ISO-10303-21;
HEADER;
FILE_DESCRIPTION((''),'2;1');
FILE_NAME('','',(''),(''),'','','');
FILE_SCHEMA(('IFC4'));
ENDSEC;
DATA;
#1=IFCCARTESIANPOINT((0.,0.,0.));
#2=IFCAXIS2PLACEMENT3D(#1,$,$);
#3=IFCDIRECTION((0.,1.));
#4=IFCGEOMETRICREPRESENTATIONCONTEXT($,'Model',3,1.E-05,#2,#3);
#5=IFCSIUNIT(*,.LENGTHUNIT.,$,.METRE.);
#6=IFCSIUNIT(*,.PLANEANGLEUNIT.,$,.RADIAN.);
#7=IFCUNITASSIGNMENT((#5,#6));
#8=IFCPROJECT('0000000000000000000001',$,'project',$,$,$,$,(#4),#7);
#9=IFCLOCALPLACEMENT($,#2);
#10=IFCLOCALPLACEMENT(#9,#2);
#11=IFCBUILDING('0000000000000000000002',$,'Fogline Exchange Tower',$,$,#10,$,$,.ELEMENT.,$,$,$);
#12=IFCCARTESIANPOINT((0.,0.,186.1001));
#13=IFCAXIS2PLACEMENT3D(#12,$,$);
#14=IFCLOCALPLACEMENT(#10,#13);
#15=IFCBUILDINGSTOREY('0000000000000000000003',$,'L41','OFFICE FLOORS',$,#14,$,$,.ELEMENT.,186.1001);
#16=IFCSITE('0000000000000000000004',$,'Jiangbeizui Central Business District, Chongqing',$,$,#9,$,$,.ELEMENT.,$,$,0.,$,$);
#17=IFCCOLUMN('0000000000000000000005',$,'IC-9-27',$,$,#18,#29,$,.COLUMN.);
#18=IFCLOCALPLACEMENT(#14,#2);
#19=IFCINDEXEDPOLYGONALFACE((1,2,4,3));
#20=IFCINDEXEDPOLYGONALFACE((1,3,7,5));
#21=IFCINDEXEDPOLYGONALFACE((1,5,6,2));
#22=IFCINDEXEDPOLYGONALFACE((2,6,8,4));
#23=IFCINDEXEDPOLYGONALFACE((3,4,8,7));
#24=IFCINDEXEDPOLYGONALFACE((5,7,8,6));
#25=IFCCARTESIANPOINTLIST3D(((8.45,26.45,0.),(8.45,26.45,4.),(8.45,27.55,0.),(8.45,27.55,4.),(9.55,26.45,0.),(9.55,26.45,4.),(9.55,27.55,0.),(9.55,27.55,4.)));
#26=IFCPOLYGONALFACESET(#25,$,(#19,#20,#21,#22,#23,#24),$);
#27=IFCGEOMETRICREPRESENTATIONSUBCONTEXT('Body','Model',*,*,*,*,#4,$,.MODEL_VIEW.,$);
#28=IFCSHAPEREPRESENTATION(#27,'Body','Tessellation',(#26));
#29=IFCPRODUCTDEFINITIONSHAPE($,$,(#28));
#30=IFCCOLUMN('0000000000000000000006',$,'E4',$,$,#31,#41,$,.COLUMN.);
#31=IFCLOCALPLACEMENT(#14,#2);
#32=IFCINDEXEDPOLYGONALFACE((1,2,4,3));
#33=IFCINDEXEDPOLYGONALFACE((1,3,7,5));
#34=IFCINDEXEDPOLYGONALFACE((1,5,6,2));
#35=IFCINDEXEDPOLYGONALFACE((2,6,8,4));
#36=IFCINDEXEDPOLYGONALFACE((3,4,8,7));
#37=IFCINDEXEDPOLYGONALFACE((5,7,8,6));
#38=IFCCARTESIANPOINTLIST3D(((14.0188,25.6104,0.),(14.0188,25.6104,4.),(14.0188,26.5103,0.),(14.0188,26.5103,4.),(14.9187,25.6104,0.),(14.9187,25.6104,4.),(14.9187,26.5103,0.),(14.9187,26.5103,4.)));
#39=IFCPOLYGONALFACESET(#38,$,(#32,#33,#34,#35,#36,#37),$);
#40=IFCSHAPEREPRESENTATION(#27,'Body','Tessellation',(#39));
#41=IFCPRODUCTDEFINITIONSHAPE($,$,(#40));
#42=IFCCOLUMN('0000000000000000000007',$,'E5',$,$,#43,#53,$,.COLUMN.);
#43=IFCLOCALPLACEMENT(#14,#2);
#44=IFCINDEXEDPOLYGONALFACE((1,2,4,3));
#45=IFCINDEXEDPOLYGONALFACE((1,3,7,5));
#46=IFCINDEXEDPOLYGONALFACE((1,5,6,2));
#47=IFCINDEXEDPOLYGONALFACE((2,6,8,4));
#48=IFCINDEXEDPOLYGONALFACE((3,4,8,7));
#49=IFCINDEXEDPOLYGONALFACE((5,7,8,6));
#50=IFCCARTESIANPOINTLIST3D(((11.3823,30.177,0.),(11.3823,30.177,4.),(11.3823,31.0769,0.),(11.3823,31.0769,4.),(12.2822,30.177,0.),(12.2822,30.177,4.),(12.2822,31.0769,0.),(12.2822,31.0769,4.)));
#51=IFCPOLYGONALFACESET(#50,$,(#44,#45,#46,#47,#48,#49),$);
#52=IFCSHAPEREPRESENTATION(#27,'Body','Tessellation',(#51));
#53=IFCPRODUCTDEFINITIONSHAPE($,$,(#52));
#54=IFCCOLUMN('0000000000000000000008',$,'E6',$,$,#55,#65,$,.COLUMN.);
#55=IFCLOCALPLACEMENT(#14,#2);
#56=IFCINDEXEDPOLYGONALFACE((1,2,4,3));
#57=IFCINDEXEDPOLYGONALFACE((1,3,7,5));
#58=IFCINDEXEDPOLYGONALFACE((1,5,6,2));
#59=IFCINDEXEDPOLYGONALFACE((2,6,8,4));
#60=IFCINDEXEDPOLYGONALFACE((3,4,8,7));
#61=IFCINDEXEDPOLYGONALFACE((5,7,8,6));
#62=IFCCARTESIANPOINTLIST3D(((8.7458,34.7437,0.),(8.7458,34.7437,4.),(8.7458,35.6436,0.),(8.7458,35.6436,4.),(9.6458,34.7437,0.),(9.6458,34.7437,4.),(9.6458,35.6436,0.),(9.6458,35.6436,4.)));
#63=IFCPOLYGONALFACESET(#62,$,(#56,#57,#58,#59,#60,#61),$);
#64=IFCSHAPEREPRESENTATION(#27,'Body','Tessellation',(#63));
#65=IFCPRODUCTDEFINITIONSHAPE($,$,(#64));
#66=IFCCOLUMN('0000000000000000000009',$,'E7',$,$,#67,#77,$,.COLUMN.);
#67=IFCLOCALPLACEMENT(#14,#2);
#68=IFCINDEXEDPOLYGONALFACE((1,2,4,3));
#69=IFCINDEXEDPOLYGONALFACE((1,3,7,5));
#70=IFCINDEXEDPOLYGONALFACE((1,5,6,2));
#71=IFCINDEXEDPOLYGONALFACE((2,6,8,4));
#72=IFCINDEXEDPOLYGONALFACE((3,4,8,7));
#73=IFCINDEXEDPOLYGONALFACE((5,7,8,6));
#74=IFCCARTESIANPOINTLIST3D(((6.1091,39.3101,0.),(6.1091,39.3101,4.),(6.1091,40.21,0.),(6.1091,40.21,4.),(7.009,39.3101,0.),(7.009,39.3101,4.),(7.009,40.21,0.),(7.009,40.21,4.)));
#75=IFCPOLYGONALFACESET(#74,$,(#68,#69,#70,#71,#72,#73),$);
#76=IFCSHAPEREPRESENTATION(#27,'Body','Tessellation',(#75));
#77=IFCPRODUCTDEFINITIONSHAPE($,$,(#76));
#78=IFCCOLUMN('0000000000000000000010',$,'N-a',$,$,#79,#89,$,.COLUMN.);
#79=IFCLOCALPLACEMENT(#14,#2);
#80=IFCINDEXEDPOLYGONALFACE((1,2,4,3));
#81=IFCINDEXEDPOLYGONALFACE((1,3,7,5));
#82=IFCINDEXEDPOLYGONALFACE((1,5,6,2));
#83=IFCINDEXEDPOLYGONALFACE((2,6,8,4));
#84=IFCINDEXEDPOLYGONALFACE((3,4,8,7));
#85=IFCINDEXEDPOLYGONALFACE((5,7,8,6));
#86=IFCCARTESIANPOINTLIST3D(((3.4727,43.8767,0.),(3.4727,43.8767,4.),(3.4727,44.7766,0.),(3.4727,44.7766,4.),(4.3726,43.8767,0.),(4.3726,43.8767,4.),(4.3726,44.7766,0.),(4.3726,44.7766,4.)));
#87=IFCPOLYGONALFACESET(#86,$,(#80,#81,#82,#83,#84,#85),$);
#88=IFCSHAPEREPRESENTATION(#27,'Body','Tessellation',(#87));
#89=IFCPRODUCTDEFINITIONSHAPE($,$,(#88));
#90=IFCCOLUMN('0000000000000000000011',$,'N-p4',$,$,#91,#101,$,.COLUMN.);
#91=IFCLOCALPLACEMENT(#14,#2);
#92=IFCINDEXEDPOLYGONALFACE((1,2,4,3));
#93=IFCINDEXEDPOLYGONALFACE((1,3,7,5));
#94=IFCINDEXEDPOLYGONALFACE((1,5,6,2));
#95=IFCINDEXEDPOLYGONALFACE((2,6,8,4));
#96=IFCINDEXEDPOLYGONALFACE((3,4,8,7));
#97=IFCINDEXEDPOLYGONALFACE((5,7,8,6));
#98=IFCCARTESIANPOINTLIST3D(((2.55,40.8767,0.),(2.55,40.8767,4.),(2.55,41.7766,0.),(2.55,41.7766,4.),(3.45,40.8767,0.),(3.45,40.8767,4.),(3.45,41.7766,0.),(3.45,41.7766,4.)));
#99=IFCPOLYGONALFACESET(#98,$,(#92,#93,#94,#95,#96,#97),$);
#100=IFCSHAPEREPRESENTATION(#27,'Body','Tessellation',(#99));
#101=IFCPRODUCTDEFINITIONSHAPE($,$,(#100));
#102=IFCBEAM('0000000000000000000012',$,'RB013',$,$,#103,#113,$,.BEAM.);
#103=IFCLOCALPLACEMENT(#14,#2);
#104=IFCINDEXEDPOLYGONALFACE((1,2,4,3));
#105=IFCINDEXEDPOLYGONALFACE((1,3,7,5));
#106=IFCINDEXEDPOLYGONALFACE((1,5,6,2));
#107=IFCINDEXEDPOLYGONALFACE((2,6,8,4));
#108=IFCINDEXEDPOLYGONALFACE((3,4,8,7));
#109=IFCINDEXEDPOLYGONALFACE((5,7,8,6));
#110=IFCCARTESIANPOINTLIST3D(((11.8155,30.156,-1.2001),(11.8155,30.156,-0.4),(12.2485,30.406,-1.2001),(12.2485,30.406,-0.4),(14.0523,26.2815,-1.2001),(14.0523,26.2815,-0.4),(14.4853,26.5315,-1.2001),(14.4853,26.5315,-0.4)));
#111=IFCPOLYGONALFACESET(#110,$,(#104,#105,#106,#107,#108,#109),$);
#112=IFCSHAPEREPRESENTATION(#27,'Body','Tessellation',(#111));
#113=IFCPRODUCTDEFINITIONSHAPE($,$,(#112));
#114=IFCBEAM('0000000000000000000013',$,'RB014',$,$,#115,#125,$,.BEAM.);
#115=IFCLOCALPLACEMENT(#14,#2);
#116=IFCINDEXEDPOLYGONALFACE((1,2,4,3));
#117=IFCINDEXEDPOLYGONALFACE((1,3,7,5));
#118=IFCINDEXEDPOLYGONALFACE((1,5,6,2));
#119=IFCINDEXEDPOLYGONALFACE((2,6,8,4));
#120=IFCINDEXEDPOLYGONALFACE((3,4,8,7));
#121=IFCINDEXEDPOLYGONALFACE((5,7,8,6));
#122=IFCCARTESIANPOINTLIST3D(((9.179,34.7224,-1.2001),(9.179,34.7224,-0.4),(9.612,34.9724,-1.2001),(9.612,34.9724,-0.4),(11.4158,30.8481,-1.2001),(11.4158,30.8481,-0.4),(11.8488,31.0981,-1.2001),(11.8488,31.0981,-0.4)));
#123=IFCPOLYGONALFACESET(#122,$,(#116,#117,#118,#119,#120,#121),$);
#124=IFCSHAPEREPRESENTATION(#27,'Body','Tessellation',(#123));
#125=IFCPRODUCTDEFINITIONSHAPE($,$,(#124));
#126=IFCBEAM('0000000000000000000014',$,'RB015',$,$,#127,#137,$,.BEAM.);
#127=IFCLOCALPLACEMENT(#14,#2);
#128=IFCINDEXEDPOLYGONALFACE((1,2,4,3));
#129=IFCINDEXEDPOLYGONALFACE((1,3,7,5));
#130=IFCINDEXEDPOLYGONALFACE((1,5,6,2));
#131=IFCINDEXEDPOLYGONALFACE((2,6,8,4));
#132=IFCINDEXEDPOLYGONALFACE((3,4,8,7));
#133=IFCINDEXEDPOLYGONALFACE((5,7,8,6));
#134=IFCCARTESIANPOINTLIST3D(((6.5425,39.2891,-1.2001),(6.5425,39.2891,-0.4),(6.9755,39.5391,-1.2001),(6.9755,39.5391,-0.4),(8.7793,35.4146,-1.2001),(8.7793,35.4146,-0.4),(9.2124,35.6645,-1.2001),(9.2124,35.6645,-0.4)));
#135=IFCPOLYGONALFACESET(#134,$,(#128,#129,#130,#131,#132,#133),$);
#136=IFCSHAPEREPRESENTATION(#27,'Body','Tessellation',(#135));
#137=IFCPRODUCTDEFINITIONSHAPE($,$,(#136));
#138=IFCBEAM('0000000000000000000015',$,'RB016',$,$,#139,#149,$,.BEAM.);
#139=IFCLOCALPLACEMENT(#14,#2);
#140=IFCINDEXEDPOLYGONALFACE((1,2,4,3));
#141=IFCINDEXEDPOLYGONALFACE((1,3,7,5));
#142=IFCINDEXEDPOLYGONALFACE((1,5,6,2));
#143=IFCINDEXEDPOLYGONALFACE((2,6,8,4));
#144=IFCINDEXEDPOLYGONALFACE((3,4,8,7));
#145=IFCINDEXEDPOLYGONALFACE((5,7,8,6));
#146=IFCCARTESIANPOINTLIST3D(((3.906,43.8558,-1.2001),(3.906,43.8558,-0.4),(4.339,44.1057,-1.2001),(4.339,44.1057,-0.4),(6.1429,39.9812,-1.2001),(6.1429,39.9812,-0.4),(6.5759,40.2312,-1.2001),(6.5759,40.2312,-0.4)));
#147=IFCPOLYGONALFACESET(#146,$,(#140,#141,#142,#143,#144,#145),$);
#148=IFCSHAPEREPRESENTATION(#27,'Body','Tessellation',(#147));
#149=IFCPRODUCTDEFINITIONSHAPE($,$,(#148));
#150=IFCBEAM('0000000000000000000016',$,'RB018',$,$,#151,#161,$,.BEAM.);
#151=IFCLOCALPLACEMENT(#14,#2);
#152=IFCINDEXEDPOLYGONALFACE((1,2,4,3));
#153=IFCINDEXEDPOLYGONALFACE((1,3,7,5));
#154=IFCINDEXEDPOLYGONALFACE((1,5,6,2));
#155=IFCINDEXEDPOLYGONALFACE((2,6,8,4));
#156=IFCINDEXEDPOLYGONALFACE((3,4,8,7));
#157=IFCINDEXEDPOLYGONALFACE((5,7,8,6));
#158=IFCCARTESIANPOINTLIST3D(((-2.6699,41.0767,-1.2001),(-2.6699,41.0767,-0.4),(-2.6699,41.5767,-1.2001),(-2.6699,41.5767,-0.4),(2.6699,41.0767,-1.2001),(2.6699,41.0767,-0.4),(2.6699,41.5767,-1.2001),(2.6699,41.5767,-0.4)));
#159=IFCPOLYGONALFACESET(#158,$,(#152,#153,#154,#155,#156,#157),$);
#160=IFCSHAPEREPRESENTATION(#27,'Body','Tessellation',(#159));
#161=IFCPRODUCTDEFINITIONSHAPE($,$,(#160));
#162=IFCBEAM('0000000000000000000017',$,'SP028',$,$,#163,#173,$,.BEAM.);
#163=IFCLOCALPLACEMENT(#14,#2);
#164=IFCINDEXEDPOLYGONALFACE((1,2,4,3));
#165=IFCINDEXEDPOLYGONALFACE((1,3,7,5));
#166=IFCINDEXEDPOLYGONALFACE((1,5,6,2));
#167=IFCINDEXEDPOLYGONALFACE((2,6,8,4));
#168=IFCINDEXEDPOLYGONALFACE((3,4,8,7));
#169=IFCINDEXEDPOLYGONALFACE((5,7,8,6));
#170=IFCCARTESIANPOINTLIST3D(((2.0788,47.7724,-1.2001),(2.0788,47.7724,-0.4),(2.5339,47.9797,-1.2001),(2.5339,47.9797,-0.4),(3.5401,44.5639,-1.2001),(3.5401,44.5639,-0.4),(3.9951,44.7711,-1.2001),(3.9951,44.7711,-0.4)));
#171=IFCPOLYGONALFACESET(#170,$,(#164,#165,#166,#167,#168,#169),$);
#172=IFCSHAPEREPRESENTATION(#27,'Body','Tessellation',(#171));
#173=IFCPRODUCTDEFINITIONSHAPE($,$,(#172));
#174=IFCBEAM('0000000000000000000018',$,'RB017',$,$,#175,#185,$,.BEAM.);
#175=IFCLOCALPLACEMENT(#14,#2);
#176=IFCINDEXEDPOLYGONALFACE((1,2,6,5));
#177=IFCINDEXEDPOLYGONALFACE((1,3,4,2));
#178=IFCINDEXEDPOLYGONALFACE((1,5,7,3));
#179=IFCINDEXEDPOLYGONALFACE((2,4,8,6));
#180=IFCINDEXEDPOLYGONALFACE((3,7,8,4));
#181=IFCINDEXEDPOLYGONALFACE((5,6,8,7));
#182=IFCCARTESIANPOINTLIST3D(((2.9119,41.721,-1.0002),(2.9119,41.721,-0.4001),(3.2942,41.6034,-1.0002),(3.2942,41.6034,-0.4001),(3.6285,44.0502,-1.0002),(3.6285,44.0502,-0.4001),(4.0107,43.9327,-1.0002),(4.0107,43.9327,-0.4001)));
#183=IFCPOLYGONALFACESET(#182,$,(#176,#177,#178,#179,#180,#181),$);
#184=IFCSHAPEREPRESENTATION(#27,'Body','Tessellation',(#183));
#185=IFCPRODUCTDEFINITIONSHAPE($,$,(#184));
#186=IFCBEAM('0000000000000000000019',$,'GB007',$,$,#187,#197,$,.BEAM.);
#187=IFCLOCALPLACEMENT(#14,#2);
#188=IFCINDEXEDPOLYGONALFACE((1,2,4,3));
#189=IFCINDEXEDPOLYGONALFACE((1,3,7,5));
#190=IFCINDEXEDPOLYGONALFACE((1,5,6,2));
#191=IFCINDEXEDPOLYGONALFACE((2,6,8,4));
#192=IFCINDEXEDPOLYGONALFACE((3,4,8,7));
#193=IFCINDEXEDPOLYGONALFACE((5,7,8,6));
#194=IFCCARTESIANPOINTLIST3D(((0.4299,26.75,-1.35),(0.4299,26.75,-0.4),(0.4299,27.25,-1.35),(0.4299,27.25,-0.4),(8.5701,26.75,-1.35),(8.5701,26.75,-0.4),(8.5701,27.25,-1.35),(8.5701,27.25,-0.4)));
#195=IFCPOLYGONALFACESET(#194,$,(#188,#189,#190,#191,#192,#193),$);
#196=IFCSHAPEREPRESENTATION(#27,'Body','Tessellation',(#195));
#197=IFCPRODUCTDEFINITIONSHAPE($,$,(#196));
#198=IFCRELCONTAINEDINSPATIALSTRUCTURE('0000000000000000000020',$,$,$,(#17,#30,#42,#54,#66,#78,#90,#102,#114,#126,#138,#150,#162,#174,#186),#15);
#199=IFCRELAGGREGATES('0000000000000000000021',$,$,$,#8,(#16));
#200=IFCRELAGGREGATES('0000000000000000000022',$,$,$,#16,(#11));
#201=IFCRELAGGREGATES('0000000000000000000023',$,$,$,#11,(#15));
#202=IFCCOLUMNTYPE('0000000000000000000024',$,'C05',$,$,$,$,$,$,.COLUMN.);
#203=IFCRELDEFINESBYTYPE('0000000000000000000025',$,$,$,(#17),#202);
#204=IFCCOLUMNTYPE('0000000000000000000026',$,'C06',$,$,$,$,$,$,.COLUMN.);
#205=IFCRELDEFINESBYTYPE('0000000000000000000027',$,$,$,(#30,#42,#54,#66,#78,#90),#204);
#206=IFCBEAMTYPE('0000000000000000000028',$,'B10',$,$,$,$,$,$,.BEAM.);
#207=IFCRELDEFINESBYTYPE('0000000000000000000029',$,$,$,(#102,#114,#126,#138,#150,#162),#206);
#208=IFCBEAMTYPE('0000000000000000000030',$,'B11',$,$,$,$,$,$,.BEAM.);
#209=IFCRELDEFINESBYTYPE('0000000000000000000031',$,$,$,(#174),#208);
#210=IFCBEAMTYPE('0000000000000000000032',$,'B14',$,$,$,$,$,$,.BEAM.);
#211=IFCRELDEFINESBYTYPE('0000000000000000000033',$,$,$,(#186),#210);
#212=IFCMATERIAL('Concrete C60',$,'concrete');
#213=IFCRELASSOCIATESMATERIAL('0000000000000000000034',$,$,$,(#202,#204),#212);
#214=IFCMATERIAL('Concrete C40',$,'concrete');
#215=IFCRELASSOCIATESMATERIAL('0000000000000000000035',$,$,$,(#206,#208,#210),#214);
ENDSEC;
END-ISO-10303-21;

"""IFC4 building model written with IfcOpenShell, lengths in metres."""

from ifc_helpers import new_model, si_unit, direction, frame, origin, origin_2d, place, context, subcontext, project, spatial, rectangle, extrude, material, material_profile, profile_set, type_object, element, save


model = new_model("IFC4")

# Units and contexts
model_context = context("Model", 3, precision=1e-05, world=origin(), true_north=direction((0.0, 1.0)))
body_context = subcontext(model_context, "Body", "Model", "MODEL_VIEW")
ifc_project = project(units=[si_unit("LENGTHUNIT", "METRE"), si_unit("PLANEANGLEUNIT", "RADIAN")], contexts=[model_context])

# Site, building, storey
site_placement = place(None, origin())
site = spatial("IfcSite", under=ifc_project, at=site_placement, Name="Jiangbeizui Central Business District, Chongqing", CompositionType="ELEMENT", RefElevation=0.0)
building_placement = place(site_placement, origin())
building = spatial("IfcBuilding", under=site, at=building_placement, Name="Fogline Exchange Tower", CompositionType="ELEMENT")
storey_placement = place(building_placement, frame((0.0, 0.0, 186.1001)))
storey = spatial("IfcBuildingStorey", under=building, at=storey_placement, Name="L41", Description="OFFICE FLOORS", CompositionType="ELEMENT", Elevation=186.1001)

# Columns
ifc_material_1 = material(Name="Concrete C60", Category="concrete")
ifc_material_profile_1 = material_profile(ifc_material_1, rectangle(XDim=1.1001, YDim=1.1001, at=origin_2d()), Name="RC 1100x1100")
ifc_profile_set_1 = profile_set([ifc_material_profile_1], Name="Concrete C60")
column_type_1 = type_object("IfcColumnType", Name="C05", PredefinedType="COLUMN", material=ifc_profile_set_1)
column_placement = place(storey_placement, frame((9.0, 27.0, 0.0), z_axis=(0.0, 0.0, 1.0), x_axis=(1.0, 0.0, 0.0)))
element("IfcColumn", 1, at=column_placement, inside=storey, type_object=column_type_1, Name="IC-9-27", PredefinedType="COLUMN", context=body_context, shape_type="SweptSolid", body=[
    extrude(rectangle(XDim=1.1001, YDim=1.1001, at=origin_2d()), origin(), (0.0, 0.0, 1.0), 4.0),
])
ifc_material_profile_2 = material_profile(ifc_material_1, rectangle(XDim=0.8999, YDim=0.8999, at=origin_2d()), Name="RC 900x900")
ifc_profile_set_2 = profile_set([ifc_material_profile_2], Name="Concrete C60")
column_type_2 = type_object("IfcColumnType", Name="C06", PredefinedType="COLUMN", material=ifc_profile_set_2)
for number, where, z_axis, x_axis, name in (
    (2, (14.4688, 26.0603, 0.0), (0.0, 0.0, 1.0), (1.0, 0.0, 0.0), "E4"),
    (3, (11.8323, 30.627, 0.0), (0.0, 0.0, 1.0), (1.0, 0.0, 0.0), "E5"),
    (4, (9.1958, 35.1936, 0.0), (0.0, 0.0, 1.0), (1.0, 0.0, 0.0), "E6"),
    (5, (6.5591, 39.76, 0.0), (0.0, 0.0, 1.0), (1.0, 0.0, 0.0), "E7"),
    (6, (3.9226, 44.3267, 0.0), (0.0, 0.0, 1.0), (1.0, 0.0, 0.0), "N-a"),
    (7, (3.0, 41.3267, 0.0), (0.0, 0.0, 1.0), (1.0, 0.0, 0.0), "N-p4"),
):
    element("IfcColumn", number, at=place(storey_placement, frame(where, z_axis=z_axis, x_axis=x_axis)), inside=storey, type_object=column_type_2, Name=name, PredefinedType="COLUMN", context=body_context, shape_type="SweptSolid", body=[
        extrude(rectangle(XDim=0.8999, YDim=0.8999, at=origin_2d()), origin(), (0.0, 0.0, 1.0), 4.0),
    ])

# Beams
ifc_material_2 = material(Name="Concrete C40", Category="concrete")
ifc_material_profile_3 = material_profile(ifc_material_2, rectangle(XDim=0.5, YDim=0.8, at=origin_2d()), Name="RC 500x800")
ifc_profile_set_3 = profile_set([ifc_material_profile_3], Name="Concrete C40")
beam_type_1 = type_object("IfcBeamType", Name="B10", PredefinedType="BEAM", material=ifc_profile_set_3)
beam_1_placement = place(storey_placement, frame((14.2688, 26.4065, -0.8), z_axis=(-0.499978, 0.866038, 0.0), x_axis=(-0.866038, -0.499978, 0.0)))
element("IfcBeam", 8, at=beam_1_placement, inside=storey, type_object=beam_type_1, Name="RB013", PredefinedType="BEAM", context=body_context, shape_type="SweptSolid", body=[
    extrude(rectangle(XDim=0.5, YDim=0.8, at=origin_2d()), origin(), (0.0, 0.0, 1.0), 4.4739),
])
beam_2_placement = place(storey_placement, frame((11.6323, 30.9731, -0.8), z_axis=(-0.500001, 0.866025, 0.0), x_axis=(-0.866025, -0.500001, 0.0)))
element("IfcBeam", 9, at=beam_2_placement, inside=storey, type_object=beam_type_1, Name="RB014", PredefinedType="BEAM", context=body_context, shape_type="SweptSolid", body=[
    extrude(rectangle(XDim=0.5, YDim=0.8, at=origin_2d()), origin(), (0.0, 0.0, 1.0), 4.4736),
])
for number, where, z_axis, x_axis, name in (
    (10, (8.9958, 35.5396, -0.8), (-0.499978, 0.866038, 0.0), (-0.866038, -0.499978, 0.0), "RB015"),
    (11, (6.3594, 40.1062, -0.8), (-0.499978, 0.866038, 0.0), (-0.866038, -0.499978, 0.0), "RB016"),
):
    element("IfcBeam", number, at=place(storey_placement, frame(where, z_axis=z_axis, x_axis=x_axis)), inside=storey, type_object=beam_type_1, Name=name, PredefinedType="BEAM", context=body_context, shape_type="SweptSolid", body=[
        extrude(rectangle(XDim=0.5, YDim=0.8, at=origin_2d()), origin(), (0.0, 0.0, 1.0), 4.4739),
    ])
beam_3_placement = place(storey_placement, frame((2.6699, 41.3267, -0.8), z_axis=(-1.0, 0.0, 0.0), x_axis=(0.0, -1.0, 0.0)))
element("IfcBeam", 12, at=beam_3_placement, inside=storey, type_object=beam_type_1, Name="RB018", PredefinedType="BEAM", context=body_context, shape_type="SweptSolid", body=[
    extrude(rectangle(XDim=0.5, YDim=0.8, at=origin_2d()), origin(), (0.0, 0.0, 1.0), 5.3398),
])
beam_4_placement = place(storey_placement, frame((3.7676, 44.6675, -0.8), z_axis=(-0.414455, 0.91007, 0.0), x_axis=(-0.91007, -0.414455, 0.0)))
element("IfcBeam", 13, at=beam_4_placement, inside=storey, type_object=beam_type_1, Name="SP028", PredefinedType="BEAM", context=body_context, shape_type="SweptSolid", body=[
    extrude(rectangle(XDim=0.5, YDim=0.8, at=origin_2d()), origin(), (0.0, 0.0, 1.0), 3.5256),
])
ifc_material_profile_4 = material_profile(ifc_material_2, rectangle(XDim=0.3999, YDim=0.6001, at=origin_2d()), Name="RC 400x600")
ifc_profile_set_4 = profile_set([ifc_material_profile_4], Name="Concrete C40")
beam_type_2 = type_object("IfcBeamType", Name="B11", PredefinedType="BEAM", material=ifc_profile_set_4)
beam_5_placement = place(storey_placement, frame((3.8196, 43.9915, -0.7002), z_axis=(-0.294022, -0.955799, 0.0), x_axis=(0.955799, -0.294022, 0.0)))
element("IfcBeam", 14, at=beam_5_placement, inside=storey, type_object=beam_type_2, Name="RB017", PredefinedType="BEAM", context=body_context, shape_type="SweptSolid", body=[
    extrude(rectangle(XDim=0.3999, YDim=0.6001, at=origin_2d()), origin(), (0.0, 0.0, 1.0), 2.437),
])
ifc_material_profile_5 = material_profile(ifc_material_2, rectangle(XDim=0.5, YDim=0.95, at=origin_2d()), Name="RC 500x950")
ifc_profile_set_5 = profile_set([ifc_material_profile_5], Name="Concrete C40")
beam_type_3 = type_object("IfcBeamType", Name="B14", PredefinedType="BEAM", material=ifc_profile_set_5)
beam_6_placement = place(storey_placement, frame((0.4299, 27.0, -0.875), z_axis=(1.0, 0.0, 0.0), x_axis=(0.0, 1.0, 0.0)))
element("IfcBeam", 15, at=beam_6_placement, inside=storey, type_object=beam_type_3, Name="GB007", PredefinedType="BEAM", context=body_context, shape_type="SweptSolid", body=[
    extrude(rectangle(XDim=0.5, YDim=0.95, at=origin_2d()), origin(), (0.0, 0.0, 1.0), 8.1401),
])

save(model, "model.ifc")
